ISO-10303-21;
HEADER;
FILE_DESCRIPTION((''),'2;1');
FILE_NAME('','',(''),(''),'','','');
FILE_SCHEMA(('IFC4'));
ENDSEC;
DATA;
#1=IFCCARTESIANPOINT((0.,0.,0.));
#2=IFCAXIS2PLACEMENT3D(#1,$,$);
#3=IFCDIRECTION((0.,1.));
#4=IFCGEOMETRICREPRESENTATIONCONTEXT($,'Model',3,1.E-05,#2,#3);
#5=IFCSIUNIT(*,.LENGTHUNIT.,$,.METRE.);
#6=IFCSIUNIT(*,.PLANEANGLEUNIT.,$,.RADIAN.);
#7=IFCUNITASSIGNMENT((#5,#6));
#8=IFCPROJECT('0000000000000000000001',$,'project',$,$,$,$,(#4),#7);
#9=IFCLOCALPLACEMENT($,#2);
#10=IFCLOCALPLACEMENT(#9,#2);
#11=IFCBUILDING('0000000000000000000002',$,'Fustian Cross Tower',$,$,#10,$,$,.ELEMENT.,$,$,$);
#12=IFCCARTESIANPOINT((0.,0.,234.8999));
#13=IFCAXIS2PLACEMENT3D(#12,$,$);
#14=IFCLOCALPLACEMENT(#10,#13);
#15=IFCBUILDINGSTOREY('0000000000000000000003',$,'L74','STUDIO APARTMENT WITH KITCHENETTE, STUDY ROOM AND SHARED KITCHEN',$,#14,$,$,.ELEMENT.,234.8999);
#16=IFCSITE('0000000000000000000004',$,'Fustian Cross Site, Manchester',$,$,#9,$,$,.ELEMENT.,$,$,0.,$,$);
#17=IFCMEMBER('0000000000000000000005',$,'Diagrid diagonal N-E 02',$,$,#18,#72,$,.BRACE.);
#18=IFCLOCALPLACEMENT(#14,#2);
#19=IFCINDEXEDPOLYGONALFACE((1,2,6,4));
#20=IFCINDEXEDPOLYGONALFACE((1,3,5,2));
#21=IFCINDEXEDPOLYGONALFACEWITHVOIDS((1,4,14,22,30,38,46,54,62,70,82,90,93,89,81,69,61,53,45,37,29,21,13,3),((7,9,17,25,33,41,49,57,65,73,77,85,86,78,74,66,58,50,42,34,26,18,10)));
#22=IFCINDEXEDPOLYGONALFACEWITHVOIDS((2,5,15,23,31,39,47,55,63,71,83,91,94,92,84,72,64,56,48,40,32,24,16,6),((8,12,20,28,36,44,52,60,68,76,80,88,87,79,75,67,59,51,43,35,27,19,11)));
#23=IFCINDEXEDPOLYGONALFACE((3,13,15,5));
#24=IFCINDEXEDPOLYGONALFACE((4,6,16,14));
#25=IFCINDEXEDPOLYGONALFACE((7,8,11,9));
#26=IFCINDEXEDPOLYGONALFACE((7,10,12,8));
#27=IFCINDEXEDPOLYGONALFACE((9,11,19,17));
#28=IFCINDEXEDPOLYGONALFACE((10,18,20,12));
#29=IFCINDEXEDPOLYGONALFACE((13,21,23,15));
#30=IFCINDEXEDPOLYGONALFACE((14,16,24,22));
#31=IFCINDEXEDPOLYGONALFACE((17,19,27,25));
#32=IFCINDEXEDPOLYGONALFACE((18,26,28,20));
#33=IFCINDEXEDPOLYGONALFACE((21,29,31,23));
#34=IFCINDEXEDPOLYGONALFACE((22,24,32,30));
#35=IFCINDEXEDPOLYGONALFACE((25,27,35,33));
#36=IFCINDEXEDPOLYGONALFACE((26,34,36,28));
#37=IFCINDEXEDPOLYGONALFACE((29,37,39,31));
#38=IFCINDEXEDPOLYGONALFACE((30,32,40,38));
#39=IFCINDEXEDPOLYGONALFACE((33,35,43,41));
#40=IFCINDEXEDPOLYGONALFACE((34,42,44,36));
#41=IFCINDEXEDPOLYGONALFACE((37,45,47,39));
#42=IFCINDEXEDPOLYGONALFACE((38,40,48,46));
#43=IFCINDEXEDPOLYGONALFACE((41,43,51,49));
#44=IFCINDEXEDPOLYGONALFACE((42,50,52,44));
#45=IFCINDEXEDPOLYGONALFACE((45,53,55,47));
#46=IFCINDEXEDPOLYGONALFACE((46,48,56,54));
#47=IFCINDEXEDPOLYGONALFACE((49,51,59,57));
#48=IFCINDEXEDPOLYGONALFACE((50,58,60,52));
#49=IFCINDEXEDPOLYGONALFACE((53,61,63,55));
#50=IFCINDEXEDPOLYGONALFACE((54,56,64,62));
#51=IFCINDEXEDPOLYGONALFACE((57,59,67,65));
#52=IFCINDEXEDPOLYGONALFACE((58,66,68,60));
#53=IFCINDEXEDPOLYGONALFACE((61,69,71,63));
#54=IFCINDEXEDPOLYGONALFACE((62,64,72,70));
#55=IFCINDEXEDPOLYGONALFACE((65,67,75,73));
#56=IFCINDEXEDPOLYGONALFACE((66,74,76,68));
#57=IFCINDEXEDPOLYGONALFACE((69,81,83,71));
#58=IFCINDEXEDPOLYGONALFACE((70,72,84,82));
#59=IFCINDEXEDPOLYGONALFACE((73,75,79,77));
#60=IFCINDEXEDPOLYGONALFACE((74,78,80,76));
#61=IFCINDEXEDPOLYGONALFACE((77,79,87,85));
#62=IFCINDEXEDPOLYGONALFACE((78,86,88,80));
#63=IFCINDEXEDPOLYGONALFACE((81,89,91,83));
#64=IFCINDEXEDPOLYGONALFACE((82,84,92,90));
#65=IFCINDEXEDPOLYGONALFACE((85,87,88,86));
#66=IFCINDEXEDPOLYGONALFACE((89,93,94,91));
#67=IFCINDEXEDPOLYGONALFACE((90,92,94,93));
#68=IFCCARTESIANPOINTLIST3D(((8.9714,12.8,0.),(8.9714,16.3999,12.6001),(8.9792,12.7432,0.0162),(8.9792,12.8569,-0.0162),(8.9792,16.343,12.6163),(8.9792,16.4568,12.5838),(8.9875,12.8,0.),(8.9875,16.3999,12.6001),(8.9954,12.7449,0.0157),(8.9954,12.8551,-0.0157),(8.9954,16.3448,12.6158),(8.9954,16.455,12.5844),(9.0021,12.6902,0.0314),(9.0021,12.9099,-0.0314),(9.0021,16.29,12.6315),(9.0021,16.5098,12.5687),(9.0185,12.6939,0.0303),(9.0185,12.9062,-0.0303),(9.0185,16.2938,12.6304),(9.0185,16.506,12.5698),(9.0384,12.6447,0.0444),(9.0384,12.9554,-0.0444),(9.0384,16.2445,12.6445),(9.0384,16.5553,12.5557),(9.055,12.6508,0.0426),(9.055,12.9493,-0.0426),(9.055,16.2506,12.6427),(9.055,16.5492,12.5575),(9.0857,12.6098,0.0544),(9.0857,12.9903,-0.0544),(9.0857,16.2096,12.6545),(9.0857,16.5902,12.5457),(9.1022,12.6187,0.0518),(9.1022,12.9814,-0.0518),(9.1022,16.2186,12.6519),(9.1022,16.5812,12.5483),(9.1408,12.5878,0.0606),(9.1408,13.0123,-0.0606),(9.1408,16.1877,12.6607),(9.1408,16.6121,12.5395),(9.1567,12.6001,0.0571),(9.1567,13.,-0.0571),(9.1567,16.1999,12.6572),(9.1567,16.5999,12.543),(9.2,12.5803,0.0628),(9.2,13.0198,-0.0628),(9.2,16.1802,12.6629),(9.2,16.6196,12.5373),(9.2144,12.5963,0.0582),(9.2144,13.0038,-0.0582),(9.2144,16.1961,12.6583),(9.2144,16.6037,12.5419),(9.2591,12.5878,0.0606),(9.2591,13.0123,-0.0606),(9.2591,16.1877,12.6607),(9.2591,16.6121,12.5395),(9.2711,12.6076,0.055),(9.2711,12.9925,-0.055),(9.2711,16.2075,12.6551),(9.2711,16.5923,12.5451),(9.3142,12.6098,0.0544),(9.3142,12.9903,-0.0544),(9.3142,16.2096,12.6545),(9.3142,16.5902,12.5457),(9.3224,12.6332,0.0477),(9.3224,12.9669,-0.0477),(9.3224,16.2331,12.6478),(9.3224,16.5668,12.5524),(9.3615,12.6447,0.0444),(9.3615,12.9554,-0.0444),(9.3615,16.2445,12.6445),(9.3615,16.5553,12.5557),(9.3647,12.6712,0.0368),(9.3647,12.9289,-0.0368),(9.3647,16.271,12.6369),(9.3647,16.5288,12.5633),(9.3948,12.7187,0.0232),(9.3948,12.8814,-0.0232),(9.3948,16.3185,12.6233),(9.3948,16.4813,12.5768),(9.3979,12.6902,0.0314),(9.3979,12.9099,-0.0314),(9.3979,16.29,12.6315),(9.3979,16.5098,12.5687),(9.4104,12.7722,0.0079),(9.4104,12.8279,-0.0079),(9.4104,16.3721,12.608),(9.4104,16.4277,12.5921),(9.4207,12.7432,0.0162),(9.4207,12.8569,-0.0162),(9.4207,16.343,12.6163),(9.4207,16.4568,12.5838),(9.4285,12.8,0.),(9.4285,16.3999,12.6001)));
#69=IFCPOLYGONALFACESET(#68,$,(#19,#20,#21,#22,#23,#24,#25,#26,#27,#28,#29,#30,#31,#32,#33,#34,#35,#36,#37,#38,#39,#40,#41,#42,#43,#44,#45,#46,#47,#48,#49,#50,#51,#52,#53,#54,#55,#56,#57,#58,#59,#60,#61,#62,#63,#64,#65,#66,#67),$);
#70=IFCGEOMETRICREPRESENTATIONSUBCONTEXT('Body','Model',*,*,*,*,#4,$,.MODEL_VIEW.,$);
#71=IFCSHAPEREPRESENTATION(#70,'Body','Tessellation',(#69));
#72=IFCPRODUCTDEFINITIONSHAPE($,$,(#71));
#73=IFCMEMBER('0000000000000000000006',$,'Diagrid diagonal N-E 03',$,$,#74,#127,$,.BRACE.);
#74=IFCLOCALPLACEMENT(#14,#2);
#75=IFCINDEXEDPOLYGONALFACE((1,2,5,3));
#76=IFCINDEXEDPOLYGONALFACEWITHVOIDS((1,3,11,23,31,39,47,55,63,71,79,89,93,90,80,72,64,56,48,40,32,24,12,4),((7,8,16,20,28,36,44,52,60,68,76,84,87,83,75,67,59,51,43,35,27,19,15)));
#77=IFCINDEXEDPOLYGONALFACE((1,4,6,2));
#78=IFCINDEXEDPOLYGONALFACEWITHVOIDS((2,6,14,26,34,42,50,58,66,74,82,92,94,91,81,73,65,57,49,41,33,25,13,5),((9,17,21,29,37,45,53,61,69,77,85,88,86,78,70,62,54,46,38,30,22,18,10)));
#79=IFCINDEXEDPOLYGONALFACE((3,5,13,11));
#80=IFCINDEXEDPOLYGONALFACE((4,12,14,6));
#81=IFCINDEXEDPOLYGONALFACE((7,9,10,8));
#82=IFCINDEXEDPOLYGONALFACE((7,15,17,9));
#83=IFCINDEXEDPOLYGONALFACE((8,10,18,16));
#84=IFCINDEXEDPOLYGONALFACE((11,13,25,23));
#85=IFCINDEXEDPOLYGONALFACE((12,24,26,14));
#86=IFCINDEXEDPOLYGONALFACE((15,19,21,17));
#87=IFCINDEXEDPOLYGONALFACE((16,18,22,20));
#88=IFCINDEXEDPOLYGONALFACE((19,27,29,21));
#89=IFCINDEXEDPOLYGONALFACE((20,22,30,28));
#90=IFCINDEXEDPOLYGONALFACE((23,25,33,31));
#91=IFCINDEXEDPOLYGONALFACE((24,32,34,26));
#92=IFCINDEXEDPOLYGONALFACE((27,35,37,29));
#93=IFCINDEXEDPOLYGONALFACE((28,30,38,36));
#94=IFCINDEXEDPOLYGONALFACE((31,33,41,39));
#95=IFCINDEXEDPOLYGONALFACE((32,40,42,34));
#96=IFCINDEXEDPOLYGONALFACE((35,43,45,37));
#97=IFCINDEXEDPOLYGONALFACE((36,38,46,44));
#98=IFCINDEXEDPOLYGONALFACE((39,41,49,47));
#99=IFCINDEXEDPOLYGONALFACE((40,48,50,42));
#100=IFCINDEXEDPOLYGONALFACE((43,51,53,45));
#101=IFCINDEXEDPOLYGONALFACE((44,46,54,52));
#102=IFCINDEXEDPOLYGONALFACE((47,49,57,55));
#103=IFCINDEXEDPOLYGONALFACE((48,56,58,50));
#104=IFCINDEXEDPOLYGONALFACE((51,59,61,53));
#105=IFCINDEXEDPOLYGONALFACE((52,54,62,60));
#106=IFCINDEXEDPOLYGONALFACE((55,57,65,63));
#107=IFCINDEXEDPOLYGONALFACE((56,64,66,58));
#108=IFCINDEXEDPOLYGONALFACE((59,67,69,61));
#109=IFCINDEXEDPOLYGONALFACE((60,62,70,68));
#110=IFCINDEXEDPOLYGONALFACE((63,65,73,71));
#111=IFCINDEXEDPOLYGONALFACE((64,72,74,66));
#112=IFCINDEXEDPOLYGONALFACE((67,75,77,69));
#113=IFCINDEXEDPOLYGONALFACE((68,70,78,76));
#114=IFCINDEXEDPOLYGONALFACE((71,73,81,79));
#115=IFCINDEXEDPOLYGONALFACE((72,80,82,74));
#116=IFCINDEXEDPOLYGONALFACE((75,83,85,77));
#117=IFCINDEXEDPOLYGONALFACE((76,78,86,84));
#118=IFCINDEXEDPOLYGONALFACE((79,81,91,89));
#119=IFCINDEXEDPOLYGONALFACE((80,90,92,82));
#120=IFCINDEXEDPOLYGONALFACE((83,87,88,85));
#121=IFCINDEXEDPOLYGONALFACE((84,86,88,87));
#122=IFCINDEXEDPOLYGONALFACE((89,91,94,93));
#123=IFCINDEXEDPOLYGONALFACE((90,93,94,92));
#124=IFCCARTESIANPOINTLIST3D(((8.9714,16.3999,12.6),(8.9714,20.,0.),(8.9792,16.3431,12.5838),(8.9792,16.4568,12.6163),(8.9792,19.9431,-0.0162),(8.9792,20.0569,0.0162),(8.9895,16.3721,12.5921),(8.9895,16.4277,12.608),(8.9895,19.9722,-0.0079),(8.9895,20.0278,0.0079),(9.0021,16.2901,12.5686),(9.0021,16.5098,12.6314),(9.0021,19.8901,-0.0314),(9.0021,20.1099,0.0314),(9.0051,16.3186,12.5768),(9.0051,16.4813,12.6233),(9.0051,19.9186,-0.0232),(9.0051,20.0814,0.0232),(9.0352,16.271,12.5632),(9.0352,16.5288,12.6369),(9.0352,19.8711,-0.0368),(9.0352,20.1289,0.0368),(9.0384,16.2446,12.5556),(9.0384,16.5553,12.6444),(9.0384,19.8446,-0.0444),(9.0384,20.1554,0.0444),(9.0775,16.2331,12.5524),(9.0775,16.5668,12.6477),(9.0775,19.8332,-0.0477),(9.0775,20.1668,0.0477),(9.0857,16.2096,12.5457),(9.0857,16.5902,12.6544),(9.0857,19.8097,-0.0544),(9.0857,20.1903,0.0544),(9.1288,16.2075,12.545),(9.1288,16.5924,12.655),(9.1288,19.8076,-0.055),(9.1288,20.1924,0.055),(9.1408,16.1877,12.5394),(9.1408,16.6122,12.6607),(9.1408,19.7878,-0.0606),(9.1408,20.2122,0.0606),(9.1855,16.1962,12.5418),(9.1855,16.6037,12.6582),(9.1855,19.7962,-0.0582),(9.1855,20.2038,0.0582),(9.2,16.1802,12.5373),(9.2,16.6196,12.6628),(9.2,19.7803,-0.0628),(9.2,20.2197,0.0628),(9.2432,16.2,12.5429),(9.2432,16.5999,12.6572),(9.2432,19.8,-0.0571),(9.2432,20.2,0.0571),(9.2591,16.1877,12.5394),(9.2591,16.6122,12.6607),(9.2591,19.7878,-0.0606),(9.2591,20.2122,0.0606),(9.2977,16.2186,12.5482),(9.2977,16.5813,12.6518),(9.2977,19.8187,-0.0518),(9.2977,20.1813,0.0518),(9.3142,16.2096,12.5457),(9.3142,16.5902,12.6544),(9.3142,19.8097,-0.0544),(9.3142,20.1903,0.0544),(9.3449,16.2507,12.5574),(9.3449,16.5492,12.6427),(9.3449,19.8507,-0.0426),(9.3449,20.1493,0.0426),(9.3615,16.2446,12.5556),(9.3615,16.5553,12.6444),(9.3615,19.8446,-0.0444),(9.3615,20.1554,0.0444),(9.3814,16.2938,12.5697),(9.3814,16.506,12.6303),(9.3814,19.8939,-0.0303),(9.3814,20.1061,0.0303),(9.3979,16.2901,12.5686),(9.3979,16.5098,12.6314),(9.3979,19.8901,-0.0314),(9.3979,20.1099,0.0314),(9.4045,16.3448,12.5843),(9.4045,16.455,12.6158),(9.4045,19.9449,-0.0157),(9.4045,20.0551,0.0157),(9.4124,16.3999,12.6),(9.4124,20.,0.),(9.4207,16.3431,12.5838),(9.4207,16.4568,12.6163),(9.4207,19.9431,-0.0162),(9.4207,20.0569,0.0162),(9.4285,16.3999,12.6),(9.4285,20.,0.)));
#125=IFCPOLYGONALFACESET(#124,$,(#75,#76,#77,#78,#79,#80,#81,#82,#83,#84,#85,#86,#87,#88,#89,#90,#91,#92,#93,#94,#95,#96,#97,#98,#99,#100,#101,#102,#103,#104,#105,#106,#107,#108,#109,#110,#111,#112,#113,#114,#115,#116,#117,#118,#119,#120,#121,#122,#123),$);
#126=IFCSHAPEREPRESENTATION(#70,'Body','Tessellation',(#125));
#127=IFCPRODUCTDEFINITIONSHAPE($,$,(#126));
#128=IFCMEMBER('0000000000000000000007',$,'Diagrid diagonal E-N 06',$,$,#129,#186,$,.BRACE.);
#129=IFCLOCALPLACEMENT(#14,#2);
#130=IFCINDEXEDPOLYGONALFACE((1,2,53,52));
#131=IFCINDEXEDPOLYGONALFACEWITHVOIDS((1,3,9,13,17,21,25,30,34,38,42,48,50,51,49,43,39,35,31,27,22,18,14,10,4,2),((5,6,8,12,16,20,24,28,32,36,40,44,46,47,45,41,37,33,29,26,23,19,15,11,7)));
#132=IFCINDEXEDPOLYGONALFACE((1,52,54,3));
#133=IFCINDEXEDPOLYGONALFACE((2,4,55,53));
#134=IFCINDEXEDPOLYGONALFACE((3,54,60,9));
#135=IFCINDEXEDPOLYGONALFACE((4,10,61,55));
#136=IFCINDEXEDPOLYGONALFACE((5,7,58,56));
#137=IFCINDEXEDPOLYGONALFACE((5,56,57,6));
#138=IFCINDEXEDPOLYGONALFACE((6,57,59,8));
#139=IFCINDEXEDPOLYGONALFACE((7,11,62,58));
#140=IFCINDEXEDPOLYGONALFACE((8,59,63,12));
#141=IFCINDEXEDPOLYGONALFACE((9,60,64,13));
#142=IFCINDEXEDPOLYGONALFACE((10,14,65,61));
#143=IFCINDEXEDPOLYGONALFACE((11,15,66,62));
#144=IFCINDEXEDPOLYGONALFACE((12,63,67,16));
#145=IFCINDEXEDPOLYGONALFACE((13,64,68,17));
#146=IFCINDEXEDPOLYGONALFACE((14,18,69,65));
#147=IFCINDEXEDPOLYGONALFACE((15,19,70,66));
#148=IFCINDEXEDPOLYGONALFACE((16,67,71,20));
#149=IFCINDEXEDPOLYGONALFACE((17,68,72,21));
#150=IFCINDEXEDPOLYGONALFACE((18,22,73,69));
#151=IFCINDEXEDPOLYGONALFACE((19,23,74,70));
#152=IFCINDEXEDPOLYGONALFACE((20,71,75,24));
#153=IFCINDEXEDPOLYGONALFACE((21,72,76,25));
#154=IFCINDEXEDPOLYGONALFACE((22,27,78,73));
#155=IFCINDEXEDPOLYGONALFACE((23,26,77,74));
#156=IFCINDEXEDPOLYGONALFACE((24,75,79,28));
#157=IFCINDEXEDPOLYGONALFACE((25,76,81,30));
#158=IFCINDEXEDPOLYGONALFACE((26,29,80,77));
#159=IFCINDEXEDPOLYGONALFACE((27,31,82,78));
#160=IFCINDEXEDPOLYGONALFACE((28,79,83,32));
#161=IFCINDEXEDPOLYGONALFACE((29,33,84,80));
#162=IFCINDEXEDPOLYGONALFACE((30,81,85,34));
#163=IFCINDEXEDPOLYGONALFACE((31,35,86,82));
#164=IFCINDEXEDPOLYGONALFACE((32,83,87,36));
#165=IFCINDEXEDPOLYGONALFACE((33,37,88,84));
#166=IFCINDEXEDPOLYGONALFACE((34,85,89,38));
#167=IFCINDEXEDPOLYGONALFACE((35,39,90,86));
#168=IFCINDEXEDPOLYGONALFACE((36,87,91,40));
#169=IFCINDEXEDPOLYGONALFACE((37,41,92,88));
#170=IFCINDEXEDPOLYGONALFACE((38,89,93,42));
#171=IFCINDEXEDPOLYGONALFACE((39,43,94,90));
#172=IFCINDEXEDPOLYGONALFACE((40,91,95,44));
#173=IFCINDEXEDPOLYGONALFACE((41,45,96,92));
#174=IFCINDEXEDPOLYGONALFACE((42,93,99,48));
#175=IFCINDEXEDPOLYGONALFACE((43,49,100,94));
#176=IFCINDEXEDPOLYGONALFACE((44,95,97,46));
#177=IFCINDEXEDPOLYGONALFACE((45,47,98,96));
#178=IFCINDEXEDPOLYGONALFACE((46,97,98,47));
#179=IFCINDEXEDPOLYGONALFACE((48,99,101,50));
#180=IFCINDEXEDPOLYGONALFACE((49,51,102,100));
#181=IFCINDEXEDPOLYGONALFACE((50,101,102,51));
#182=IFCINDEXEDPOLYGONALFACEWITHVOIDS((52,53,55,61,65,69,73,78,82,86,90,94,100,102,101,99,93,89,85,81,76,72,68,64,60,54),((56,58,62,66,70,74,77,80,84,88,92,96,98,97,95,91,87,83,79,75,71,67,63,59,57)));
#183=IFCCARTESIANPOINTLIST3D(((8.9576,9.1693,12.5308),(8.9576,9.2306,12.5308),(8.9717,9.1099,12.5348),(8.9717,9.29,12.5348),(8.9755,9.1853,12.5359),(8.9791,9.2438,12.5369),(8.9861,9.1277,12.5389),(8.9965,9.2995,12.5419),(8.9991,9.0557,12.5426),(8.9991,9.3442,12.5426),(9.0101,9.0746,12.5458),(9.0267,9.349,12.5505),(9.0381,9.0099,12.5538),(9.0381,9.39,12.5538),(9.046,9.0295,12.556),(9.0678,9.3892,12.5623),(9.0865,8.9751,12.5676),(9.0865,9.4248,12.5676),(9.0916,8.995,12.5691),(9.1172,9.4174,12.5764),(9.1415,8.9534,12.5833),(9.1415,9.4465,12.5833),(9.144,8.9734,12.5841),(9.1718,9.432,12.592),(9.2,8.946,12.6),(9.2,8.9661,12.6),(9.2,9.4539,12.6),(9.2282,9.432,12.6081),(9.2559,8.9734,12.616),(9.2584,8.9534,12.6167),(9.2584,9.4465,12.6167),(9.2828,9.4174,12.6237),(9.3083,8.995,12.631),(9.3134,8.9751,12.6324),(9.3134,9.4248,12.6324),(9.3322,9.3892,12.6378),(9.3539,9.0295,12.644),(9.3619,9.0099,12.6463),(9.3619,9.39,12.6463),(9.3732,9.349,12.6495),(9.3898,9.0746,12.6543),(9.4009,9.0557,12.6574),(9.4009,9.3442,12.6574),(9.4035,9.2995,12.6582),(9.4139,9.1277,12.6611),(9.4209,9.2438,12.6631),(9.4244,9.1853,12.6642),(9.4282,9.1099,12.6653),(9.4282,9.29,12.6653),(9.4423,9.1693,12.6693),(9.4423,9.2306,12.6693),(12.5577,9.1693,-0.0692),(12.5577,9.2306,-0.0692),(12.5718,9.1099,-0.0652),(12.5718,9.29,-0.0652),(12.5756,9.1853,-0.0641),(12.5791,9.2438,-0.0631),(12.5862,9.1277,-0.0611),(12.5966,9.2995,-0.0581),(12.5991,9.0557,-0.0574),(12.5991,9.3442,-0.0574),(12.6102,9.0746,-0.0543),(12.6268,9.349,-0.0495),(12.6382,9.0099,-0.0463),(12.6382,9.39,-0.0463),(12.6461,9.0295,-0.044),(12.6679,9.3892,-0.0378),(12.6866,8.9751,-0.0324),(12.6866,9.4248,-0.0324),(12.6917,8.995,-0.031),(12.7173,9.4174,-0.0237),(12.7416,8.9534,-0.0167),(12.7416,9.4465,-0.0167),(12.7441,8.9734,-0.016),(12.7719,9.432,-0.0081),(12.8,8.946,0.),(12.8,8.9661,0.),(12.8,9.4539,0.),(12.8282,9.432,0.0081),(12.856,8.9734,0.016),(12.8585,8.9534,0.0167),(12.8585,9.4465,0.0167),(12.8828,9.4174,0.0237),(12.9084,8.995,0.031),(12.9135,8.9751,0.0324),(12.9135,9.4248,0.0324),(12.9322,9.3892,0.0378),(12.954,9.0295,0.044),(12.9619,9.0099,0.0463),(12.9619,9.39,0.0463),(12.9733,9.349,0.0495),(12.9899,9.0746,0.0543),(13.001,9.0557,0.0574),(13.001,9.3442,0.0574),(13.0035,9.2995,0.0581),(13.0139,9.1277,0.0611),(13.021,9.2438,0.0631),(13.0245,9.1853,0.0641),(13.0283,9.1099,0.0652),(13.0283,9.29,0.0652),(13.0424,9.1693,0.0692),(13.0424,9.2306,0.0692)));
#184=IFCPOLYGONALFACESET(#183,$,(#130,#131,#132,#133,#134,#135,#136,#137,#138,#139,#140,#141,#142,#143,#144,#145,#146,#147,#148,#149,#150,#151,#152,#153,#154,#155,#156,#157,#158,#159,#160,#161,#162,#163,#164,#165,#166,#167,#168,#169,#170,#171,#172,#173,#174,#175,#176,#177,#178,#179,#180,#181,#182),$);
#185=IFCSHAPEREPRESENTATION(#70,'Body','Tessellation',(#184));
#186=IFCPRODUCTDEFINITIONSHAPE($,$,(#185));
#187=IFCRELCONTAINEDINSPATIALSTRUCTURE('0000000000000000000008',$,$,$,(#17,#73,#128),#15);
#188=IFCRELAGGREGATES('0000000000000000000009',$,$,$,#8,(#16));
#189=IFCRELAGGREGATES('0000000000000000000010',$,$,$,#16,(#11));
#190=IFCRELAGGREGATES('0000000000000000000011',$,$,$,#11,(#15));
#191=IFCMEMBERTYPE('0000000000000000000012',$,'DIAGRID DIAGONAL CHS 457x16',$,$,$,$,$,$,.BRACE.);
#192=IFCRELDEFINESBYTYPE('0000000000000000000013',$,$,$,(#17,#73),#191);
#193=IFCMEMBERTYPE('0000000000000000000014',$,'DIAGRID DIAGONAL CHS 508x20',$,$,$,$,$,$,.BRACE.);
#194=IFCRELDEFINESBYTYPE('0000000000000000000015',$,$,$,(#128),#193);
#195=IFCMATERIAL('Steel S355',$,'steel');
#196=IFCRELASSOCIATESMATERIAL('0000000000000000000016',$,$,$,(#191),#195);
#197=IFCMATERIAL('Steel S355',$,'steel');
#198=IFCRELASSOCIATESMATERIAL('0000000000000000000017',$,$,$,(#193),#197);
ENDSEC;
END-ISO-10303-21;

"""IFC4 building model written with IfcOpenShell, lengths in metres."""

from ifc_helpers import new_model, si_unit, direction, frame, origin, origin_2d, place, context, subcontext, project, spatial, hollow_circle, extrude, material, material_profile, profile_set, type_object, element, save


model = new_model("IFC4")

# Units and contexts
model_context = context("Model", 3, precision=1e-05, world=origin(), true_north=direction((0.0, 1.0)))
body_context = subcontext(model_context, "Body", "Model", "MODEL_VIEW")
ifc_project = project(units=[si_unit("LENGTHUNIT", "METRE"), si_unit("PLANEANGLEUNIT", "RADIAN")], contexts=[model_context])

# Site, building, storey
site_placement = place(None, origin())
site = spatial("IfcSite", under=ifc_project, at=site_placement, Name="Fustian Cross Site, Manchester", CompositionType="ELEMENT", RefElevation=0.0)
building_placement = place(site_placement, origin())
building = spatial("IfcBuilding", under=site, at=building_placement, Name="Fustian Cross Tower", CompositionType="ELEMENT")
storey_placement = place(building_placement, frame((0.0, 0.0, 234.8999)))
storey = spatial("IfcBuildingStorey", under=building, at=storey_placement, Name="L74", Description="STUDIO APARTMENT WITH KITCHENETTE, STUDY ROOM AND SHARED KITCHEN", CompositionType="ELEMENT", Elevation=234.8999)

# Members
ifc_material_1 = material(Name="Steel S355", Category="steel")
ifc_material_profile_1 = material_profile(ifc_material_1, hollow_circle(Radius=0.2285, WallThickness=0.0161, at=origin_2d()), Name="CHS 457x16")
ifc_profile_set_1 = profile_set([ifc_material_profile_1], Name="Steel S355")
member_type_1 = type_object("IfcMemberType", Name="DIAGRID DIAGONAL CHS 457x16", PredefinedType="BRACE", material=ifc_profile_set_1)
for number, where, z_axis, x_axis, name in (
    (1, (9.2, 12.8, 0.0), (0.0, 0.274709, 0.961527), (-1.0, 0.0, 0.0), "Diagrid diagonal N-E 02"),
    (2, (9.2, 20.0, 0.0), (0.0, -0.274726, 0.961523), (1.0, 0.0, 0.0), "Diagrid diagonal N-E 03"),
):
    element("IfcMember", number, at=place(storey_placement, frame(where, z_axis=z_axis, x_axis=x_axis)), inside=storey, type_object=member_type_1, Name=name, PredefinedType="BRACE", context=body_context, shape_type="SweptSolid", body=[
        extrude(hollow_circle(Radius=0.2285, WallThickness=0.0161, at=origin_2d()), origin(), (0.0, 0.0, 1.0), 13.1042),
    ])
ifc_material_2 = material(Name="Steel S355", Category="steel")
ifc_material_profile_2 = material_profile(ifc_material_2, hollow_circle(Radius=0.2539, WallThickness=0.02, at=origin_2d()), Name="CHS 508x20")
ifc_profile_set_2 = profile_set([ifc_material_profile_2], Name="Steel S355")
member_type_2 = type_object("IfcMemberType", Name="DIAGRID DIAGONAL CHS 508x20", PredefinedType="BRACE", material=ifc_profile_set_2)
for number, where, z_axis, x_axis, name in (
    (3, (12.8, 9.2, 0.0), (-0.274726, 0.0, 0.961523), (0.0, -1.0, 0.0), "Diagrid diagonal E-N 06"),
):
    element("IfcMember", number, at=place(storey_placement, frame(where, z_axis=z_axis, x_axis=x_axis)), inside=storey, type_object=member_type_2, Name=name, PredefinedType="BRACE", context=body_context, shape_type="SweptSolid", body=[
        extrude(hollow_circle(Radius=0.2539, WallThickness=0.02, at=origin_2d()), origin(), (0.0, 0.0, 1.0), 13.1042),
    ])

save(model, "model.ifc")
